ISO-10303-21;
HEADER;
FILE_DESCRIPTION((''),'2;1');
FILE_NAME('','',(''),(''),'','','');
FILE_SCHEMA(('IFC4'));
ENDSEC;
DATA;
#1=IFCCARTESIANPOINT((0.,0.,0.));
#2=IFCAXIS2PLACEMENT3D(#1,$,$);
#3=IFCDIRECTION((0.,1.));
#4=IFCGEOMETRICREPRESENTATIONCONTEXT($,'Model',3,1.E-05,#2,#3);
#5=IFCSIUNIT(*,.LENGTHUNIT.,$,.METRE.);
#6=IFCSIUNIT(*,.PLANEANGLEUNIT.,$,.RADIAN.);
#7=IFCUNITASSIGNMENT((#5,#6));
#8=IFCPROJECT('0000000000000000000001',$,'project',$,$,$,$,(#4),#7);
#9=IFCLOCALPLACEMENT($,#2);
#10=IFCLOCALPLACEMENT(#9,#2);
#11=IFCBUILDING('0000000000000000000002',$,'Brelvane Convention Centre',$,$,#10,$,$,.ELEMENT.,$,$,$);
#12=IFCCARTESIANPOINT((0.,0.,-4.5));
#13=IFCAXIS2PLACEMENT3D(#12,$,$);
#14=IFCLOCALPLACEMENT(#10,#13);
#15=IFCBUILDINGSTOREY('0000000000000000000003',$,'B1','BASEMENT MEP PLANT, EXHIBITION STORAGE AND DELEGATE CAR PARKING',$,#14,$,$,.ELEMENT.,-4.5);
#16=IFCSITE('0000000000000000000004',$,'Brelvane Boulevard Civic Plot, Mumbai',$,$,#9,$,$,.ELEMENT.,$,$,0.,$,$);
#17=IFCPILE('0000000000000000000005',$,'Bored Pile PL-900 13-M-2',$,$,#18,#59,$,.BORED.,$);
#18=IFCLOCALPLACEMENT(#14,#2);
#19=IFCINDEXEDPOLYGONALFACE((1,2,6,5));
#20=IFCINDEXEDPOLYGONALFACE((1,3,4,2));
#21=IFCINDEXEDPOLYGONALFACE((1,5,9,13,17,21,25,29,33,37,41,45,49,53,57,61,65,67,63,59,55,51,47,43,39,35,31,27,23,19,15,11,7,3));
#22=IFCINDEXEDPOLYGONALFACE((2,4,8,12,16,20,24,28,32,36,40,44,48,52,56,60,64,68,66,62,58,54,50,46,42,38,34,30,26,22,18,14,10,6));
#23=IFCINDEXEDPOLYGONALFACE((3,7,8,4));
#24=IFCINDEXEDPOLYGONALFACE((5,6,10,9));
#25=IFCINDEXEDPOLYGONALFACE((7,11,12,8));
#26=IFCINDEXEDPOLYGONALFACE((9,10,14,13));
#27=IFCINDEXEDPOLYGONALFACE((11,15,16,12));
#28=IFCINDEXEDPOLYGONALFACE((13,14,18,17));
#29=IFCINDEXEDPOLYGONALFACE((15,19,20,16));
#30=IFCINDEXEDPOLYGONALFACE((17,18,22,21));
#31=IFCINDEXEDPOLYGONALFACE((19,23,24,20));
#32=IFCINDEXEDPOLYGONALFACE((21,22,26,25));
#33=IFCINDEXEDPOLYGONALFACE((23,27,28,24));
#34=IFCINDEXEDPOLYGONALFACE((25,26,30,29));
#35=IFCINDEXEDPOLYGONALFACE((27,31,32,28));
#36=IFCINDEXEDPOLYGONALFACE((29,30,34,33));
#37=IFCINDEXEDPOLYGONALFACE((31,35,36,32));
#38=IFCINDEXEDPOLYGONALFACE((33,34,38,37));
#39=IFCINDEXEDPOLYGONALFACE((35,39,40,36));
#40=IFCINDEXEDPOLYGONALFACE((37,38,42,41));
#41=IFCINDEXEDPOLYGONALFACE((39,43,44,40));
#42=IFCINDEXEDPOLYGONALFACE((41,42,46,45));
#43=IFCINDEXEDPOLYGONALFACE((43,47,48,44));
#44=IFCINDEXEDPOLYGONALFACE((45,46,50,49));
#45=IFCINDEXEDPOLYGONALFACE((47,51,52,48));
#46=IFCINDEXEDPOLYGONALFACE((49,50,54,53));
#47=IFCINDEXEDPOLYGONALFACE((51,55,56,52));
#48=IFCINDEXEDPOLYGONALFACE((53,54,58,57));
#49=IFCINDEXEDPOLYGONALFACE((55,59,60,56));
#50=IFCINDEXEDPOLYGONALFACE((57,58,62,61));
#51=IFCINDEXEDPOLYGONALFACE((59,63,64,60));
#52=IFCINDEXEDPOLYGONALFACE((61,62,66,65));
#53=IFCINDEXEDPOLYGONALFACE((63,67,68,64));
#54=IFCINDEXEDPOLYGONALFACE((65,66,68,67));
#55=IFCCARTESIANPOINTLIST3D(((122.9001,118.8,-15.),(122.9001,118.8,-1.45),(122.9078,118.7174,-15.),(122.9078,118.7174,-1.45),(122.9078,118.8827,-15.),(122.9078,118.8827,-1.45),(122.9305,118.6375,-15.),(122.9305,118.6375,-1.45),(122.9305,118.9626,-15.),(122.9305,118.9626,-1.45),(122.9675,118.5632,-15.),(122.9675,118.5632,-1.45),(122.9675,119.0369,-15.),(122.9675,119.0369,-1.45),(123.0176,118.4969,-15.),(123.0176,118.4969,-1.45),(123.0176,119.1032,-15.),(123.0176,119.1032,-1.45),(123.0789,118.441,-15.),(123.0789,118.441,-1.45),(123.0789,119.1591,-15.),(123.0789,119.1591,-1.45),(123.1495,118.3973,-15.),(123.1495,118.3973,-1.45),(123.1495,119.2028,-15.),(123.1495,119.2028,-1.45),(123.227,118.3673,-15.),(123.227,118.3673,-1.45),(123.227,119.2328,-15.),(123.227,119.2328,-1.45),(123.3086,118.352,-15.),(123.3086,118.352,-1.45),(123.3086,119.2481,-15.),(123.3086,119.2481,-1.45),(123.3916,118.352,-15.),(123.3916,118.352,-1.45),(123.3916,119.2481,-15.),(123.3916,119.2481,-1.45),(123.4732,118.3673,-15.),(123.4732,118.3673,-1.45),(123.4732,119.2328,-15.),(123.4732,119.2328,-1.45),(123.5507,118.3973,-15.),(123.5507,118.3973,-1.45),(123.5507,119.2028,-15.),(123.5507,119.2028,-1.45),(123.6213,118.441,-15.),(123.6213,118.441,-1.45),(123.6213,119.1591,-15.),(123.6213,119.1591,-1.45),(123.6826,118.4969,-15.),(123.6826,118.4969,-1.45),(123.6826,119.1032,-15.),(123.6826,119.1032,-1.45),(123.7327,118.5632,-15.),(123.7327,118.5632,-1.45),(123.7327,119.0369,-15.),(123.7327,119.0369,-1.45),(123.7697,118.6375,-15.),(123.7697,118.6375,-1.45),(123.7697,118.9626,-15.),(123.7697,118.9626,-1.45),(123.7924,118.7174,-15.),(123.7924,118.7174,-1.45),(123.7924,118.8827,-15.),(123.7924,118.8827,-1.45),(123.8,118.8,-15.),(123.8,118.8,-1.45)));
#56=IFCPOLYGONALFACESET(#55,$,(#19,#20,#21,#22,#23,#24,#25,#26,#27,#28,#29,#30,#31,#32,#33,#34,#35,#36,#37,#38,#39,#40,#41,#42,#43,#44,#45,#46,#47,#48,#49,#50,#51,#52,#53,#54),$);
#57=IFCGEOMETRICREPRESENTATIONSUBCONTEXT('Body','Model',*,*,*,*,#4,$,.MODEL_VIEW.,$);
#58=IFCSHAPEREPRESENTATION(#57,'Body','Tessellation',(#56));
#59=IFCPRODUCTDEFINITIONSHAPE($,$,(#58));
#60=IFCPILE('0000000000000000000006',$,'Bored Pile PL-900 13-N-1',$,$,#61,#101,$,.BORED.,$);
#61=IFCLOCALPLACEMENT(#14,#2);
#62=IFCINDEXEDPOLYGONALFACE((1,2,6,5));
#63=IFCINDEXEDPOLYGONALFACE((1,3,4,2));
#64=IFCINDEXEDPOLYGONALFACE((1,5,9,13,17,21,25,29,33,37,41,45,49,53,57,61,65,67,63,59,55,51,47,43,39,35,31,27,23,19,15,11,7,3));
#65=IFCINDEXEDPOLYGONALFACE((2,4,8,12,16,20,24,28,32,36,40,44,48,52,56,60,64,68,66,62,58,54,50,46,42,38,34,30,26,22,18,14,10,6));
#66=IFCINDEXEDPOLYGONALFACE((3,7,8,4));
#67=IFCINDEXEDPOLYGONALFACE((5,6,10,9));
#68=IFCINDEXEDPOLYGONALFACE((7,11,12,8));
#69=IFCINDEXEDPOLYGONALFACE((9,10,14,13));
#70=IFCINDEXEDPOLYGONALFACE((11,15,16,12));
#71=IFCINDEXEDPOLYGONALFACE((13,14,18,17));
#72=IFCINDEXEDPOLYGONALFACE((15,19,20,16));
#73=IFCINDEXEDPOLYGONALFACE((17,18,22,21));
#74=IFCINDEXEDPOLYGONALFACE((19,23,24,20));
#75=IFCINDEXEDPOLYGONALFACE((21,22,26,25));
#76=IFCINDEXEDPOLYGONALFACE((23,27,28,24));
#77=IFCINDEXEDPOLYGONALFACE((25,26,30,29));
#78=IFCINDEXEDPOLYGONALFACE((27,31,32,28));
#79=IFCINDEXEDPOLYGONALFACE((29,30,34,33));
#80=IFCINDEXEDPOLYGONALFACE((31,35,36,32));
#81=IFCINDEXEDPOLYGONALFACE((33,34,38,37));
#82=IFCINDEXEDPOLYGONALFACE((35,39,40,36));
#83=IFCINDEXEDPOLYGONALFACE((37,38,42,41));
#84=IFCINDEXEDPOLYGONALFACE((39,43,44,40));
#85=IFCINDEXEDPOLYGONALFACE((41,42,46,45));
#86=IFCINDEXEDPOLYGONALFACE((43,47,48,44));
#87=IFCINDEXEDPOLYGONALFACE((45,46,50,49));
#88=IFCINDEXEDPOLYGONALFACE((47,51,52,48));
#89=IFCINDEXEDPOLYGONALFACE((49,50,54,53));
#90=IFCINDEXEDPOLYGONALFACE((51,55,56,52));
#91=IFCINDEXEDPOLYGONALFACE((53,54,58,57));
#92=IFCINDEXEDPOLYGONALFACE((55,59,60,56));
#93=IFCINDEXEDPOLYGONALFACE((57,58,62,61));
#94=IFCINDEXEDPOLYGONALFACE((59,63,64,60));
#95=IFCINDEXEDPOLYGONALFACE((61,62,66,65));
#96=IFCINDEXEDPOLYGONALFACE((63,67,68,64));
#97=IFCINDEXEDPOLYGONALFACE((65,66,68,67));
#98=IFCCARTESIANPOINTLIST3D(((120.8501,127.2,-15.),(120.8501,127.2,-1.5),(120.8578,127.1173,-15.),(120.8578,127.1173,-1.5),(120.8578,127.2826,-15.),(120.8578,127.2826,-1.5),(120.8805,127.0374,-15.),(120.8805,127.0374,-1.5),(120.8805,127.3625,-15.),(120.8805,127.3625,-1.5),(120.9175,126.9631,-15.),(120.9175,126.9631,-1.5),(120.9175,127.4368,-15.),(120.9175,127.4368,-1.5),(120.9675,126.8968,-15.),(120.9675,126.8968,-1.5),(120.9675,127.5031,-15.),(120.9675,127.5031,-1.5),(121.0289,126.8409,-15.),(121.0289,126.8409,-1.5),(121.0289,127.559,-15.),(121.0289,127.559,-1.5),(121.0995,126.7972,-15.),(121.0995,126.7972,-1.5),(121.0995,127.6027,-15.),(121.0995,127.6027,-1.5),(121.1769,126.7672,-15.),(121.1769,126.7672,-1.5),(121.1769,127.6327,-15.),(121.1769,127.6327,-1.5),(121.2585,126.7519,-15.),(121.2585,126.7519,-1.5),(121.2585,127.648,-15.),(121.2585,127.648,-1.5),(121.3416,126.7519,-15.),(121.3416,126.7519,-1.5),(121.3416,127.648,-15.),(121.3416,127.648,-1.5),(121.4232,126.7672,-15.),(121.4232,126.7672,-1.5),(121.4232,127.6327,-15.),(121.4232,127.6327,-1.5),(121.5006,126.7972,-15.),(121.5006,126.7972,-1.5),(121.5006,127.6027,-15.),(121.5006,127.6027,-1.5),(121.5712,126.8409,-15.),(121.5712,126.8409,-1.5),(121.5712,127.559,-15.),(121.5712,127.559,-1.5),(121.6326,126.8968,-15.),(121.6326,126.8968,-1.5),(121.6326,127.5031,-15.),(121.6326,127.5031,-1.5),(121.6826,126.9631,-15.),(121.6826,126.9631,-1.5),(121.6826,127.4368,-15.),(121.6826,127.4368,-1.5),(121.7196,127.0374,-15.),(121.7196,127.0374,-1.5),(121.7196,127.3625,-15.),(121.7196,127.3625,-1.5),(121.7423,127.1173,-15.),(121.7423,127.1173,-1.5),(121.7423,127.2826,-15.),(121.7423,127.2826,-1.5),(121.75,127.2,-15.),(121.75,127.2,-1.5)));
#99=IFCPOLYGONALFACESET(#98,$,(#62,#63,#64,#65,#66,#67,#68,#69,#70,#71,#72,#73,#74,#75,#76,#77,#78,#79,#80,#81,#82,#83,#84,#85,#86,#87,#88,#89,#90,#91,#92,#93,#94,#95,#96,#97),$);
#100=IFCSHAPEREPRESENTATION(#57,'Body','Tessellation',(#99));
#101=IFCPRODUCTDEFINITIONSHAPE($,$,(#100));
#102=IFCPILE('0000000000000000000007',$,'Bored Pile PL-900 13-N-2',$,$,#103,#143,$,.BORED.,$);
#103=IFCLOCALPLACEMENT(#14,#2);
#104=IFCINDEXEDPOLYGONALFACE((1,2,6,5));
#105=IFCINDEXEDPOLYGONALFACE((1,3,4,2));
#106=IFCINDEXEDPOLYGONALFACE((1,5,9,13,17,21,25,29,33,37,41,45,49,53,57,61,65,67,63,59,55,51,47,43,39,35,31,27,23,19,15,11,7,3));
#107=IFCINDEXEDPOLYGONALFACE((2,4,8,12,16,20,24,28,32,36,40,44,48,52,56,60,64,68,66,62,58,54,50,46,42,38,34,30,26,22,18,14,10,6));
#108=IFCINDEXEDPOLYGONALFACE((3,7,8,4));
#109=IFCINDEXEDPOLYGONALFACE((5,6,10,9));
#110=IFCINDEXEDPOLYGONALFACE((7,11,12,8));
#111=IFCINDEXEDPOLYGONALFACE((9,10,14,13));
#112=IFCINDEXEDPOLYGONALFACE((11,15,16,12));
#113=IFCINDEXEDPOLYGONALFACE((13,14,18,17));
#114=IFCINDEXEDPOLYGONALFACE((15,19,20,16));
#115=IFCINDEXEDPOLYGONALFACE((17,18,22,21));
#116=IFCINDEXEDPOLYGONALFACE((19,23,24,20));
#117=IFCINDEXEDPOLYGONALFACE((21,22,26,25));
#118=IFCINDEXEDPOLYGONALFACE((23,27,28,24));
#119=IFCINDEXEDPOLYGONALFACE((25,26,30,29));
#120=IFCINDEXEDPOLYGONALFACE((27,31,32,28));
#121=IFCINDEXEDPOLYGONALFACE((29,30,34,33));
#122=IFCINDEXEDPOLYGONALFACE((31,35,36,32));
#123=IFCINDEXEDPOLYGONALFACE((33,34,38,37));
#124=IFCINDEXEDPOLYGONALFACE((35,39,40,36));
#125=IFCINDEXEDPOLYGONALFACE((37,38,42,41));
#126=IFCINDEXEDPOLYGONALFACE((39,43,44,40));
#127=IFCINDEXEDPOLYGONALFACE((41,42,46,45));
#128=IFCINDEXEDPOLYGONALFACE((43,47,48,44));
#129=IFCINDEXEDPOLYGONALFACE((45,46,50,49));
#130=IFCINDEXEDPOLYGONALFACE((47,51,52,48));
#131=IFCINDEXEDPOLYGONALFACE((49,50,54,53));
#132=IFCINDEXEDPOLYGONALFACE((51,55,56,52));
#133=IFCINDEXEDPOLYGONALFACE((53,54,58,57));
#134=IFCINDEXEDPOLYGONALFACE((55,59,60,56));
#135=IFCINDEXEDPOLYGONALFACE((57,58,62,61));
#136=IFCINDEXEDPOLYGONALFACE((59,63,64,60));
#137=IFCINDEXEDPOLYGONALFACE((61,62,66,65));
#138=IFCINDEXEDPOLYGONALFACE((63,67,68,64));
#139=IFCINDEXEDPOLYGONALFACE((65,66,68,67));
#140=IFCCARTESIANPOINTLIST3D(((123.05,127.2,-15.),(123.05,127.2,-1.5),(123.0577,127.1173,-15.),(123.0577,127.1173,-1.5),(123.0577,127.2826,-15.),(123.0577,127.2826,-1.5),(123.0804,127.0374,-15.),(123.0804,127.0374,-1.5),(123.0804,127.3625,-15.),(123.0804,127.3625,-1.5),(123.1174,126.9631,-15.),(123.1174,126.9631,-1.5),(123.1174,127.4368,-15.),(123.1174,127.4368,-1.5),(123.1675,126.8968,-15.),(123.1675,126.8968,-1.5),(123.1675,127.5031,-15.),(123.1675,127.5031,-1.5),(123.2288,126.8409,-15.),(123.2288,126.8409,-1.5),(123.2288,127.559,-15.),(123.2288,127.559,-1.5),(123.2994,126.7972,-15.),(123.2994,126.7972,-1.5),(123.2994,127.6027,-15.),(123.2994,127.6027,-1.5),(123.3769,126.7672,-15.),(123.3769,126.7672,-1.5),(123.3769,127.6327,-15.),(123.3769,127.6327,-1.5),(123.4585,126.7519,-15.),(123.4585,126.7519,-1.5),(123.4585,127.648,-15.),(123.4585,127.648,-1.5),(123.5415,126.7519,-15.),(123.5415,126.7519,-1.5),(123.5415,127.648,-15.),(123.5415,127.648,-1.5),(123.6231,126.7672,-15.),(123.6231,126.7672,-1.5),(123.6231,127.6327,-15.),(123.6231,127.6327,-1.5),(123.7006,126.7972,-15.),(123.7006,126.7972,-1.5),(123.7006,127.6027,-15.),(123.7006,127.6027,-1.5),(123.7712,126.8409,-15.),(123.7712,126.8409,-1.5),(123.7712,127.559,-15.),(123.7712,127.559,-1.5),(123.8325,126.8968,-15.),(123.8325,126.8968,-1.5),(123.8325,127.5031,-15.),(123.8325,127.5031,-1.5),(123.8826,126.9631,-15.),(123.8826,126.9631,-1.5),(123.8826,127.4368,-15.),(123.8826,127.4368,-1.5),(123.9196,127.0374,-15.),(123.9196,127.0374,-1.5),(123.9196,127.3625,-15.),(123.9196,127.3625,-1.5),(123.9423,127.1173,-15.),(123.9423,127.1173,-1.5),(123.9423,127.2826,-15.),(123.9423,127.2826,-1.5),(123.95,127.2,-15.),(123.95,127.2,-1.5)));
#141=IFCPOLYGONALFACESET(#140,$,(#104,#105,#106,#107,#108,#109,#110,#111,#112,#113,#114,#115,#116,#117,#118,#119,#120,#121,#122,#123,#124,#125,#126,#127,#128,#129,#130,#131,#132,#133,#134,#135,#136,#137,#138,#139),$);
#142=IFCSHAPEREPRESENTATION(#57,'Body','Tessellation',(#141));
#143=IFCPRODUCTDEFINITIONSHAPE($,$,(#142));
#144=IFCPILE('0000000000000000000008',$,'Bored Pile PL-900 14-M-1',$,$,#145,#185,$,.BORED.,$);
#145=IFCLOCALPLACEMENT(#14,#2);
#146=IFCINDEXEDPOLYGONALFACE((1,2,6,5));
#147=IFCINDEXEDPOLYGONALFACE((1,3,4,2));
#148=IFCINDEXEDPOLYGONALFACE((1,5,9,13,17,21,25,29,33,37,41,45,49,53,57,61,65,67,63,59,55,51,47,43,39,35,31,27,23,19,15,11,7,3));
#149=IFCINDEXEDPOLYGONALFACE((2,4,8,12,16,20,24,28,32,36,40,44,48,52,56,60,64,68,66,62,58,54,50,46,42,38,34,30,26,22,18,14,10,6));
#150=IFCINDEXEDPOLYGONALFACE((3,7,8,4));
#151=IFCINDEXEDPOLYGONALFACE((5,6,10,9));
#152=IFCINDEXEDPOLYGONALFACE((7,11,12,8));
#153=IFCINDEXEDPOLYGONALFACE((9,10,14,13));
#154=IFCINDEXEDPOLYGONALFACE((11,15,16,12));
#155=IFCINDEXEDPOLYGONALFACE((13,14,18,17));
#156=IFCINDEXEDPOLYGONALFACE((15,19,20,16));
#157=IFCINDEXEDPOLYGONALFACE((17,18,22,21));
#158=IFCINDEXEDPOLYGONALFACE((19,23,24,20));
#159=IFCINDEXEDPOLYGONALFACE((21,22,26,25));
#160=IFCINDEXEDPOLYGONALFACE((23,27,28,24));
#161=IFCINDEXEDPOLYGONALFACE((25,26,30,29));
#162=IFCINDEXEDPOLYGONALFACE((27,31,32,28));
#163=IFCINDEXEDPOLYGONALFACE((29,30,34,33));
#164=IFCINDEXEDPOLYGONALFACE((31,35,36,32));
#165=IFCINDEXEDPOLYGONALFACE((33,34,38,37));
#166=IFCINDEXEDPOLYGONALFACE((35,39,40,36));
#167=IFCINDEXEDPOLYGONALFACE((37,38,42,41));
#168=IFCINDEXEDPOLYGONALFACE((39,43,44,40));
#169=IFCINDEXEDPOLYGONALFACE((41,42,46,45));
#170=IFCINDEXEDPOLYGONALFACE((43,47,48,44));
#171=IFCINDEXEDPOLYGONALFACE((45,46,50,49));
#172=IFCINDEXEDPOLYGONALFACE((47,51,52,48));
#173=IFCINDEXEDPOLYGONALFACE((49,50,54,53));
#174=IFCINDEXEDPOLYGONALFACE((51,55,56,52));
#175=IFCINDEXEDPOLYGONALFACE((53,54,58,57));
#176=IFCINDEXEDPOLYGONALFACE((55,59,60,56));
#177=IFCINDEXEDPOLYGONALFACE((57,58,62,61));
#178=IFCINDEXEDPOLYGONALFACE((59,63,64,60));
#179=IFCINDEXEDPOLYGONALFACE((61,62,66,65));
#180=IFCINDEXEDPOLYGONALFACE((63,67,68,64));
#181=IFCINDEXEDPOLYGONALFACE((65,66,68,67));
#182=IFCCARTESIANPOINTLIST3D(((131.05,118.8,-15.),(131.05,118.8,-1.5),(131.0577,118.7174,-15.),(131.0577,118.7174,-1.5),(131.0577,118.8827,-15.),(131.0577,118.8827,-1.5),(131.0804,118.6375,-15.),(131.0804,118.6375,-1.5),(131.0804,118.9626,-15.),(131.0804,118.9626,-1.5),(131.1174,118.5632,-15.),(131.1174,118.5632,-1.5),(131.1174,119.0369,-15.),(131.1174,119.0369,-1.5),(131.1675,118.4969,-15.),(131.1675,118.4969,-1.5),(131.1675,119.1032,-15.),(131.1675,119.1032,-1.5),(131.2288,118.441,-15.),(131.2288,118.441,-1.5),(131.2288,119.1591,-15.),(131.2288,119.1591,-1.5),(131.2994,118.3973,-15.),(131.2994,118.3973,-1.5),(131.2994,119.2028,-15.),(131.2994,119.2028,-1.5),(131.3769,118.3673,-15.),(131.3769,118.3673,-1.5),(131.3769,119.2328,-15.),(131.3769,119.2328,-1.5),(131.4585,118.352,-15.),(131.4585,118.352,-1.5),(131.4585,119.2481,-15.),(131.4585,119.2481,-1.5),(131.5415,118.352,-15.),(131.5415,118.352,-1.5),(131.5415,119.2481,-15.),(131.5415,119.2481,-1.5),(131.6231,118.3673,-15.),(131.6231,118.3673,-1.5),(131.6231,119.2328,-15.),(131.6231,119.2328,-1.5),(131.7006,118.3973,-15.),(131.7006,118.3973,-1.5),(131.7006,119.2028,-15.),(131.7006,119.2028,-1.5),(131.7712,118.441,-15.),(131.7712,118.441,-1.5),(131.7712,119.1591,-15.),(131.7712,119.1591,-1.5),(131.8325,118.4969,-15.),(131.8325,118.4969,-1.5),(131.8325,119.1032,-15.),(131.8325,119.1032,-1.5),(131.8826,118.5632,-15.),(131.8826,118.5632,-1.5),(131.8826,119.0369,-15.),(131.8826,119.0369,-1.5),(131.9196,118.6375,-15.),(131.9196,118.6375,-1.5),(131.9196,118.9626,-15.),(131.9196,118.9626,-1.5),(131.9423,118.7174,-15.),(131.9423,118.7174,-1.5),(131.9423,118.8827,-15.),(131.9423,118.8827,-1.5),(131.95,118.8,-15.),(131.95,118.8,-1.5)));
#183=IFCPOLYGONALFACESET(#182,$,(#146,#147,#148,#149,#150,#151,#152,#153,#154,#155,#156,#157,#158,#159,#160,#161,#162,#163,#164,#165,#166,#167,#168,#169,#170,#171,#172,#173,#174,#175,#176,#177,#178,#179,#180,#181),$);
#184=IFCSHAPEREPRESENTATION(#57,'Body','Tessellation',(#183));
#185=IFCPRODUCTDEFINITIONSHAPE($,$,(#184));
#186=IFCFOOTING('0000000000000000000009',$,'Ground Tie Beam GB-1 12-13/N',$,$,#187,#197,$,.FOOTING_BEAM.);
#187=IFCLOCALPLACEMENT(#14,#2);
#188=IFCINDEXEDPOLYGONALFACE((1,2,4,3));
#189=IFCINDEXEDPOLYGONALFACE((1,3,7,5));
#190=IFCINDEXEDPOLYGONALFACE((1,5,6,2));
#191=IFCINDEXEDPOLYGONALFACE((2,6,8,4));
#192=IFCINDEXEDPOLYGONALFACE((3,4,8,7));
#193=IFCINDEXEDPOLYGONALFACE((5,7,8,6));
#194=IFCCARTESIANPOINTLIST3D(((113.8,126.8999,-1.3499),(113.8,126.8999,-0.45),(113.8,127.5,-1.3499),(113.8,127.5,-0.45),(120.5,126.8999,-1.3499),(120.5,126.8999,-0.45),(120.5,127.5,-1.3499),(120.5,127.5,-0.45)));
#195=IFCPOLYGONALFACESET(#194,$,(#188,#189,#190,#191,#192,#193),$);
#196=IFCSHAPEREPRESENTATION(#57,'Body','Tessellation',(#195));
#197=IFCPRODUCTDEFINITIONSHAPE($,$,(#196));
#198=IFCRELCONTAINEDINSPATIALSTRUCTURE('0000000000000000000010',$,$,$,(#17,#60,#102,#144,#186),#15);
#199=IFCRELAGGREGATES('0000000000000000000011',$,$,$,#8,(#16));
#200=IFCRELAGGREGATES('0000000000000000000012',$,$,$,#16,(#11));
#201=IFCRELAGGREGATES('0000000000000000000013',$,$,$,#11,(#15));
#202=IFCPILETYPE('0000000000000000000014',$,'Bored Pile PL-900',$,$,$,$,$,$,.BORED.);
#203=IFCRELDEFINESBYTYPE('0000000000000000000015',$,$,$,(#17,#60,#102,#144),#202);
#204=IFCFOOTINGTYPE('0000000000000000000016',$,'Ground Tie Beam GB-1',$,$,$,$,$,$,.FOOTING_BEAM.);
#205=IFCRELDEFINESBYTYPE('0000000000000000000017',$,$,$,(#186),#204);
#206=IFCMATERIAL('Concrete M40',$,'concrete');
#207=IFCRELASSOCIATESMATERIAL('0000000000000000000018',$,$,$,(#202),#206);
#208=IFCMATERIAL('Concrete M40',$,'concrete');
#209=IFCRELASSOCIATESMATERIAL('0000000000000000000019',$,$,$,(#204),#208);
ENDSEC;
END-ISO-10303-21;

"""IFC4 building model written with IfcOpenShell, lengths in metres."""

from ifc_helpers import new_model, si_unit, direction, frame, origin, origin_2d, place, context, subcontext, project, spatial, rectangle, circle, extrude, material, material_profile, profile_set, type_object, element, save


model = new_model("IFC4")

# Units and contexts
model_context = context("Model", 3, precision=1e-05, world=origin(), true_north=direction((0.0, 1.0)))
body_context = subcontext(model_context, "Body", "Model", "MODEL_VIEW")
ifc_project = project(units=[si_unit("LENGTHUNIT", "METRE"), si_unit("PLANEANGLEUNIT", "RADIAN")], contexts=[model_context])

# Site, building, storey
site_placement = place(None, origin())
site = spatial("IfcSite", under=ifc_project, at=site_placement, Name="Brelvane Boulevard Civic Plot, Mumbai", CompositionType="ELEMENT", RefElevation=0.0)
building_placement = place(site_placement, origin())
building = spatial("IfcBuilding", under=site, at=building_placement, Name="Brelvane Convention Centre", CompositionType="ELEMENT")
storey_placement = place(building_placement, frame((0.0, 0.0, -4.5)))
storey = spatial("IfcBuildingStorey", under=building, at=storey_placement, Name="B1", Description="BASEMENT MEP PLANT, EXHIBITION STORAGE AND DELEGATE CAR PARKING", CompositionType="ELEMENT", Elevation=-4.5)

# Piles
ifc_material_1 = material(Name="Concrete M40", Category="concrete")
ifc_material_profile_1 = material_profile(ifc_material_1, circle(Radius=0.45, at=origin_2d()), Name="PILE D900")
ifc_profile_set_1 = profile_set([ifc_material_profile_1], Name="Concrete M40")
pile_type = type_object("IfcPileType", Name="Bored Pile PL-900", PredefinedType="BORED", material=ifc_profile_set_1)
for number, where, z_axis, x_axis, name in (
    (1, (123.3501, 118.8, -1.45), (0.0, 0.0, -1.0), (1.0, 0.0, 0.0), "Bored Pile PL-900 13-M-2"),
):
    element("IfcPile", number, at=place(storey_placement, frame(where, z_axis=z_axis, x_axis=x_axis)), inside=storey, type_object=pile_type, Name=name, PredefinedType="BORED", context=body_context, shape_type="SweptSolid", body=[
        extrude(circle(Radius=0.45, at=origin_2d()), origin(), (0.0, 0.0, 1.0), 13.55),
    ])
for number, where, z_axis, x_axis, name in (
    (2, (121.3, 127.2, -1.5), (0.0, 0.0, -1.0), (1.0, 0.0, 0.0), "Bored Pile PL-900 13-N-1"),
    (3, (123.5, 127.2, -1.5), (0.0, 0.0, -1.0), (1.0, 0.0, 0.0), "Bored Pile PL-900 13-N-2"),
    (4, (131.5, 118.8, -1.5), (0.0, 0.0, -1.0), (1.0, 0.0, 0.0), "Bored Pile PL-900 14-M-1"),
):
    element("IfcPile", number, at=place(storey_placement, frame(where, z_axis=z_axis, x_axis=x_axis)), inside=storey, type_object=pile_type, Name=name, PredefinedType="BORED", context=body_context, shape_type="SweptSolid", body=[
        extrude(circle(Radius=0.45, at=origin_2d()), origin(), (0.0, 0.0, 1.0), 13.5),
    ])

# Footing
ifc_material_2 = material(Name="Concrete M40", Category="concrete")
ifc_material_profile_2 = material_profile(ifc_material_2, rectangle(XDim=0.6001, YDim=0.8999, at=origin_2d()), Name="RC 600x900")
ifc_profile_set_2 = profile_set([ifc_material_profile_2], Name="Concrete M40")
footing_type_1 = type_object("IfcFootingType", Name="Ground Tie Beam GB-1", PredefinedType="FOOTING_BEAM", material=ifc_profile_set_2)
footing_1_placement = place(storey_placement, frame((113.8, 127.2, -0.8999), z_axis=(1.0, 0.0, 0.0), x_axis=(0.0, 1.0, 0.0)))
element("IfcFooting", 5, at=footing_1_placement, inside=storey, type_object=footing_type_1, Name="Ground Tie Beam GB-1 12-13/N", PredefinedType="FOOTING_BEAM", context=body_context, shape_type="SweptSolid", body=[
    extrude(rectangle(XDim=0.6001, YDim=0.8999, at=origin_2d()), origin(), (0.0, 0.0, 1.0), 6.7),
])

save(model, "model.ifc")
